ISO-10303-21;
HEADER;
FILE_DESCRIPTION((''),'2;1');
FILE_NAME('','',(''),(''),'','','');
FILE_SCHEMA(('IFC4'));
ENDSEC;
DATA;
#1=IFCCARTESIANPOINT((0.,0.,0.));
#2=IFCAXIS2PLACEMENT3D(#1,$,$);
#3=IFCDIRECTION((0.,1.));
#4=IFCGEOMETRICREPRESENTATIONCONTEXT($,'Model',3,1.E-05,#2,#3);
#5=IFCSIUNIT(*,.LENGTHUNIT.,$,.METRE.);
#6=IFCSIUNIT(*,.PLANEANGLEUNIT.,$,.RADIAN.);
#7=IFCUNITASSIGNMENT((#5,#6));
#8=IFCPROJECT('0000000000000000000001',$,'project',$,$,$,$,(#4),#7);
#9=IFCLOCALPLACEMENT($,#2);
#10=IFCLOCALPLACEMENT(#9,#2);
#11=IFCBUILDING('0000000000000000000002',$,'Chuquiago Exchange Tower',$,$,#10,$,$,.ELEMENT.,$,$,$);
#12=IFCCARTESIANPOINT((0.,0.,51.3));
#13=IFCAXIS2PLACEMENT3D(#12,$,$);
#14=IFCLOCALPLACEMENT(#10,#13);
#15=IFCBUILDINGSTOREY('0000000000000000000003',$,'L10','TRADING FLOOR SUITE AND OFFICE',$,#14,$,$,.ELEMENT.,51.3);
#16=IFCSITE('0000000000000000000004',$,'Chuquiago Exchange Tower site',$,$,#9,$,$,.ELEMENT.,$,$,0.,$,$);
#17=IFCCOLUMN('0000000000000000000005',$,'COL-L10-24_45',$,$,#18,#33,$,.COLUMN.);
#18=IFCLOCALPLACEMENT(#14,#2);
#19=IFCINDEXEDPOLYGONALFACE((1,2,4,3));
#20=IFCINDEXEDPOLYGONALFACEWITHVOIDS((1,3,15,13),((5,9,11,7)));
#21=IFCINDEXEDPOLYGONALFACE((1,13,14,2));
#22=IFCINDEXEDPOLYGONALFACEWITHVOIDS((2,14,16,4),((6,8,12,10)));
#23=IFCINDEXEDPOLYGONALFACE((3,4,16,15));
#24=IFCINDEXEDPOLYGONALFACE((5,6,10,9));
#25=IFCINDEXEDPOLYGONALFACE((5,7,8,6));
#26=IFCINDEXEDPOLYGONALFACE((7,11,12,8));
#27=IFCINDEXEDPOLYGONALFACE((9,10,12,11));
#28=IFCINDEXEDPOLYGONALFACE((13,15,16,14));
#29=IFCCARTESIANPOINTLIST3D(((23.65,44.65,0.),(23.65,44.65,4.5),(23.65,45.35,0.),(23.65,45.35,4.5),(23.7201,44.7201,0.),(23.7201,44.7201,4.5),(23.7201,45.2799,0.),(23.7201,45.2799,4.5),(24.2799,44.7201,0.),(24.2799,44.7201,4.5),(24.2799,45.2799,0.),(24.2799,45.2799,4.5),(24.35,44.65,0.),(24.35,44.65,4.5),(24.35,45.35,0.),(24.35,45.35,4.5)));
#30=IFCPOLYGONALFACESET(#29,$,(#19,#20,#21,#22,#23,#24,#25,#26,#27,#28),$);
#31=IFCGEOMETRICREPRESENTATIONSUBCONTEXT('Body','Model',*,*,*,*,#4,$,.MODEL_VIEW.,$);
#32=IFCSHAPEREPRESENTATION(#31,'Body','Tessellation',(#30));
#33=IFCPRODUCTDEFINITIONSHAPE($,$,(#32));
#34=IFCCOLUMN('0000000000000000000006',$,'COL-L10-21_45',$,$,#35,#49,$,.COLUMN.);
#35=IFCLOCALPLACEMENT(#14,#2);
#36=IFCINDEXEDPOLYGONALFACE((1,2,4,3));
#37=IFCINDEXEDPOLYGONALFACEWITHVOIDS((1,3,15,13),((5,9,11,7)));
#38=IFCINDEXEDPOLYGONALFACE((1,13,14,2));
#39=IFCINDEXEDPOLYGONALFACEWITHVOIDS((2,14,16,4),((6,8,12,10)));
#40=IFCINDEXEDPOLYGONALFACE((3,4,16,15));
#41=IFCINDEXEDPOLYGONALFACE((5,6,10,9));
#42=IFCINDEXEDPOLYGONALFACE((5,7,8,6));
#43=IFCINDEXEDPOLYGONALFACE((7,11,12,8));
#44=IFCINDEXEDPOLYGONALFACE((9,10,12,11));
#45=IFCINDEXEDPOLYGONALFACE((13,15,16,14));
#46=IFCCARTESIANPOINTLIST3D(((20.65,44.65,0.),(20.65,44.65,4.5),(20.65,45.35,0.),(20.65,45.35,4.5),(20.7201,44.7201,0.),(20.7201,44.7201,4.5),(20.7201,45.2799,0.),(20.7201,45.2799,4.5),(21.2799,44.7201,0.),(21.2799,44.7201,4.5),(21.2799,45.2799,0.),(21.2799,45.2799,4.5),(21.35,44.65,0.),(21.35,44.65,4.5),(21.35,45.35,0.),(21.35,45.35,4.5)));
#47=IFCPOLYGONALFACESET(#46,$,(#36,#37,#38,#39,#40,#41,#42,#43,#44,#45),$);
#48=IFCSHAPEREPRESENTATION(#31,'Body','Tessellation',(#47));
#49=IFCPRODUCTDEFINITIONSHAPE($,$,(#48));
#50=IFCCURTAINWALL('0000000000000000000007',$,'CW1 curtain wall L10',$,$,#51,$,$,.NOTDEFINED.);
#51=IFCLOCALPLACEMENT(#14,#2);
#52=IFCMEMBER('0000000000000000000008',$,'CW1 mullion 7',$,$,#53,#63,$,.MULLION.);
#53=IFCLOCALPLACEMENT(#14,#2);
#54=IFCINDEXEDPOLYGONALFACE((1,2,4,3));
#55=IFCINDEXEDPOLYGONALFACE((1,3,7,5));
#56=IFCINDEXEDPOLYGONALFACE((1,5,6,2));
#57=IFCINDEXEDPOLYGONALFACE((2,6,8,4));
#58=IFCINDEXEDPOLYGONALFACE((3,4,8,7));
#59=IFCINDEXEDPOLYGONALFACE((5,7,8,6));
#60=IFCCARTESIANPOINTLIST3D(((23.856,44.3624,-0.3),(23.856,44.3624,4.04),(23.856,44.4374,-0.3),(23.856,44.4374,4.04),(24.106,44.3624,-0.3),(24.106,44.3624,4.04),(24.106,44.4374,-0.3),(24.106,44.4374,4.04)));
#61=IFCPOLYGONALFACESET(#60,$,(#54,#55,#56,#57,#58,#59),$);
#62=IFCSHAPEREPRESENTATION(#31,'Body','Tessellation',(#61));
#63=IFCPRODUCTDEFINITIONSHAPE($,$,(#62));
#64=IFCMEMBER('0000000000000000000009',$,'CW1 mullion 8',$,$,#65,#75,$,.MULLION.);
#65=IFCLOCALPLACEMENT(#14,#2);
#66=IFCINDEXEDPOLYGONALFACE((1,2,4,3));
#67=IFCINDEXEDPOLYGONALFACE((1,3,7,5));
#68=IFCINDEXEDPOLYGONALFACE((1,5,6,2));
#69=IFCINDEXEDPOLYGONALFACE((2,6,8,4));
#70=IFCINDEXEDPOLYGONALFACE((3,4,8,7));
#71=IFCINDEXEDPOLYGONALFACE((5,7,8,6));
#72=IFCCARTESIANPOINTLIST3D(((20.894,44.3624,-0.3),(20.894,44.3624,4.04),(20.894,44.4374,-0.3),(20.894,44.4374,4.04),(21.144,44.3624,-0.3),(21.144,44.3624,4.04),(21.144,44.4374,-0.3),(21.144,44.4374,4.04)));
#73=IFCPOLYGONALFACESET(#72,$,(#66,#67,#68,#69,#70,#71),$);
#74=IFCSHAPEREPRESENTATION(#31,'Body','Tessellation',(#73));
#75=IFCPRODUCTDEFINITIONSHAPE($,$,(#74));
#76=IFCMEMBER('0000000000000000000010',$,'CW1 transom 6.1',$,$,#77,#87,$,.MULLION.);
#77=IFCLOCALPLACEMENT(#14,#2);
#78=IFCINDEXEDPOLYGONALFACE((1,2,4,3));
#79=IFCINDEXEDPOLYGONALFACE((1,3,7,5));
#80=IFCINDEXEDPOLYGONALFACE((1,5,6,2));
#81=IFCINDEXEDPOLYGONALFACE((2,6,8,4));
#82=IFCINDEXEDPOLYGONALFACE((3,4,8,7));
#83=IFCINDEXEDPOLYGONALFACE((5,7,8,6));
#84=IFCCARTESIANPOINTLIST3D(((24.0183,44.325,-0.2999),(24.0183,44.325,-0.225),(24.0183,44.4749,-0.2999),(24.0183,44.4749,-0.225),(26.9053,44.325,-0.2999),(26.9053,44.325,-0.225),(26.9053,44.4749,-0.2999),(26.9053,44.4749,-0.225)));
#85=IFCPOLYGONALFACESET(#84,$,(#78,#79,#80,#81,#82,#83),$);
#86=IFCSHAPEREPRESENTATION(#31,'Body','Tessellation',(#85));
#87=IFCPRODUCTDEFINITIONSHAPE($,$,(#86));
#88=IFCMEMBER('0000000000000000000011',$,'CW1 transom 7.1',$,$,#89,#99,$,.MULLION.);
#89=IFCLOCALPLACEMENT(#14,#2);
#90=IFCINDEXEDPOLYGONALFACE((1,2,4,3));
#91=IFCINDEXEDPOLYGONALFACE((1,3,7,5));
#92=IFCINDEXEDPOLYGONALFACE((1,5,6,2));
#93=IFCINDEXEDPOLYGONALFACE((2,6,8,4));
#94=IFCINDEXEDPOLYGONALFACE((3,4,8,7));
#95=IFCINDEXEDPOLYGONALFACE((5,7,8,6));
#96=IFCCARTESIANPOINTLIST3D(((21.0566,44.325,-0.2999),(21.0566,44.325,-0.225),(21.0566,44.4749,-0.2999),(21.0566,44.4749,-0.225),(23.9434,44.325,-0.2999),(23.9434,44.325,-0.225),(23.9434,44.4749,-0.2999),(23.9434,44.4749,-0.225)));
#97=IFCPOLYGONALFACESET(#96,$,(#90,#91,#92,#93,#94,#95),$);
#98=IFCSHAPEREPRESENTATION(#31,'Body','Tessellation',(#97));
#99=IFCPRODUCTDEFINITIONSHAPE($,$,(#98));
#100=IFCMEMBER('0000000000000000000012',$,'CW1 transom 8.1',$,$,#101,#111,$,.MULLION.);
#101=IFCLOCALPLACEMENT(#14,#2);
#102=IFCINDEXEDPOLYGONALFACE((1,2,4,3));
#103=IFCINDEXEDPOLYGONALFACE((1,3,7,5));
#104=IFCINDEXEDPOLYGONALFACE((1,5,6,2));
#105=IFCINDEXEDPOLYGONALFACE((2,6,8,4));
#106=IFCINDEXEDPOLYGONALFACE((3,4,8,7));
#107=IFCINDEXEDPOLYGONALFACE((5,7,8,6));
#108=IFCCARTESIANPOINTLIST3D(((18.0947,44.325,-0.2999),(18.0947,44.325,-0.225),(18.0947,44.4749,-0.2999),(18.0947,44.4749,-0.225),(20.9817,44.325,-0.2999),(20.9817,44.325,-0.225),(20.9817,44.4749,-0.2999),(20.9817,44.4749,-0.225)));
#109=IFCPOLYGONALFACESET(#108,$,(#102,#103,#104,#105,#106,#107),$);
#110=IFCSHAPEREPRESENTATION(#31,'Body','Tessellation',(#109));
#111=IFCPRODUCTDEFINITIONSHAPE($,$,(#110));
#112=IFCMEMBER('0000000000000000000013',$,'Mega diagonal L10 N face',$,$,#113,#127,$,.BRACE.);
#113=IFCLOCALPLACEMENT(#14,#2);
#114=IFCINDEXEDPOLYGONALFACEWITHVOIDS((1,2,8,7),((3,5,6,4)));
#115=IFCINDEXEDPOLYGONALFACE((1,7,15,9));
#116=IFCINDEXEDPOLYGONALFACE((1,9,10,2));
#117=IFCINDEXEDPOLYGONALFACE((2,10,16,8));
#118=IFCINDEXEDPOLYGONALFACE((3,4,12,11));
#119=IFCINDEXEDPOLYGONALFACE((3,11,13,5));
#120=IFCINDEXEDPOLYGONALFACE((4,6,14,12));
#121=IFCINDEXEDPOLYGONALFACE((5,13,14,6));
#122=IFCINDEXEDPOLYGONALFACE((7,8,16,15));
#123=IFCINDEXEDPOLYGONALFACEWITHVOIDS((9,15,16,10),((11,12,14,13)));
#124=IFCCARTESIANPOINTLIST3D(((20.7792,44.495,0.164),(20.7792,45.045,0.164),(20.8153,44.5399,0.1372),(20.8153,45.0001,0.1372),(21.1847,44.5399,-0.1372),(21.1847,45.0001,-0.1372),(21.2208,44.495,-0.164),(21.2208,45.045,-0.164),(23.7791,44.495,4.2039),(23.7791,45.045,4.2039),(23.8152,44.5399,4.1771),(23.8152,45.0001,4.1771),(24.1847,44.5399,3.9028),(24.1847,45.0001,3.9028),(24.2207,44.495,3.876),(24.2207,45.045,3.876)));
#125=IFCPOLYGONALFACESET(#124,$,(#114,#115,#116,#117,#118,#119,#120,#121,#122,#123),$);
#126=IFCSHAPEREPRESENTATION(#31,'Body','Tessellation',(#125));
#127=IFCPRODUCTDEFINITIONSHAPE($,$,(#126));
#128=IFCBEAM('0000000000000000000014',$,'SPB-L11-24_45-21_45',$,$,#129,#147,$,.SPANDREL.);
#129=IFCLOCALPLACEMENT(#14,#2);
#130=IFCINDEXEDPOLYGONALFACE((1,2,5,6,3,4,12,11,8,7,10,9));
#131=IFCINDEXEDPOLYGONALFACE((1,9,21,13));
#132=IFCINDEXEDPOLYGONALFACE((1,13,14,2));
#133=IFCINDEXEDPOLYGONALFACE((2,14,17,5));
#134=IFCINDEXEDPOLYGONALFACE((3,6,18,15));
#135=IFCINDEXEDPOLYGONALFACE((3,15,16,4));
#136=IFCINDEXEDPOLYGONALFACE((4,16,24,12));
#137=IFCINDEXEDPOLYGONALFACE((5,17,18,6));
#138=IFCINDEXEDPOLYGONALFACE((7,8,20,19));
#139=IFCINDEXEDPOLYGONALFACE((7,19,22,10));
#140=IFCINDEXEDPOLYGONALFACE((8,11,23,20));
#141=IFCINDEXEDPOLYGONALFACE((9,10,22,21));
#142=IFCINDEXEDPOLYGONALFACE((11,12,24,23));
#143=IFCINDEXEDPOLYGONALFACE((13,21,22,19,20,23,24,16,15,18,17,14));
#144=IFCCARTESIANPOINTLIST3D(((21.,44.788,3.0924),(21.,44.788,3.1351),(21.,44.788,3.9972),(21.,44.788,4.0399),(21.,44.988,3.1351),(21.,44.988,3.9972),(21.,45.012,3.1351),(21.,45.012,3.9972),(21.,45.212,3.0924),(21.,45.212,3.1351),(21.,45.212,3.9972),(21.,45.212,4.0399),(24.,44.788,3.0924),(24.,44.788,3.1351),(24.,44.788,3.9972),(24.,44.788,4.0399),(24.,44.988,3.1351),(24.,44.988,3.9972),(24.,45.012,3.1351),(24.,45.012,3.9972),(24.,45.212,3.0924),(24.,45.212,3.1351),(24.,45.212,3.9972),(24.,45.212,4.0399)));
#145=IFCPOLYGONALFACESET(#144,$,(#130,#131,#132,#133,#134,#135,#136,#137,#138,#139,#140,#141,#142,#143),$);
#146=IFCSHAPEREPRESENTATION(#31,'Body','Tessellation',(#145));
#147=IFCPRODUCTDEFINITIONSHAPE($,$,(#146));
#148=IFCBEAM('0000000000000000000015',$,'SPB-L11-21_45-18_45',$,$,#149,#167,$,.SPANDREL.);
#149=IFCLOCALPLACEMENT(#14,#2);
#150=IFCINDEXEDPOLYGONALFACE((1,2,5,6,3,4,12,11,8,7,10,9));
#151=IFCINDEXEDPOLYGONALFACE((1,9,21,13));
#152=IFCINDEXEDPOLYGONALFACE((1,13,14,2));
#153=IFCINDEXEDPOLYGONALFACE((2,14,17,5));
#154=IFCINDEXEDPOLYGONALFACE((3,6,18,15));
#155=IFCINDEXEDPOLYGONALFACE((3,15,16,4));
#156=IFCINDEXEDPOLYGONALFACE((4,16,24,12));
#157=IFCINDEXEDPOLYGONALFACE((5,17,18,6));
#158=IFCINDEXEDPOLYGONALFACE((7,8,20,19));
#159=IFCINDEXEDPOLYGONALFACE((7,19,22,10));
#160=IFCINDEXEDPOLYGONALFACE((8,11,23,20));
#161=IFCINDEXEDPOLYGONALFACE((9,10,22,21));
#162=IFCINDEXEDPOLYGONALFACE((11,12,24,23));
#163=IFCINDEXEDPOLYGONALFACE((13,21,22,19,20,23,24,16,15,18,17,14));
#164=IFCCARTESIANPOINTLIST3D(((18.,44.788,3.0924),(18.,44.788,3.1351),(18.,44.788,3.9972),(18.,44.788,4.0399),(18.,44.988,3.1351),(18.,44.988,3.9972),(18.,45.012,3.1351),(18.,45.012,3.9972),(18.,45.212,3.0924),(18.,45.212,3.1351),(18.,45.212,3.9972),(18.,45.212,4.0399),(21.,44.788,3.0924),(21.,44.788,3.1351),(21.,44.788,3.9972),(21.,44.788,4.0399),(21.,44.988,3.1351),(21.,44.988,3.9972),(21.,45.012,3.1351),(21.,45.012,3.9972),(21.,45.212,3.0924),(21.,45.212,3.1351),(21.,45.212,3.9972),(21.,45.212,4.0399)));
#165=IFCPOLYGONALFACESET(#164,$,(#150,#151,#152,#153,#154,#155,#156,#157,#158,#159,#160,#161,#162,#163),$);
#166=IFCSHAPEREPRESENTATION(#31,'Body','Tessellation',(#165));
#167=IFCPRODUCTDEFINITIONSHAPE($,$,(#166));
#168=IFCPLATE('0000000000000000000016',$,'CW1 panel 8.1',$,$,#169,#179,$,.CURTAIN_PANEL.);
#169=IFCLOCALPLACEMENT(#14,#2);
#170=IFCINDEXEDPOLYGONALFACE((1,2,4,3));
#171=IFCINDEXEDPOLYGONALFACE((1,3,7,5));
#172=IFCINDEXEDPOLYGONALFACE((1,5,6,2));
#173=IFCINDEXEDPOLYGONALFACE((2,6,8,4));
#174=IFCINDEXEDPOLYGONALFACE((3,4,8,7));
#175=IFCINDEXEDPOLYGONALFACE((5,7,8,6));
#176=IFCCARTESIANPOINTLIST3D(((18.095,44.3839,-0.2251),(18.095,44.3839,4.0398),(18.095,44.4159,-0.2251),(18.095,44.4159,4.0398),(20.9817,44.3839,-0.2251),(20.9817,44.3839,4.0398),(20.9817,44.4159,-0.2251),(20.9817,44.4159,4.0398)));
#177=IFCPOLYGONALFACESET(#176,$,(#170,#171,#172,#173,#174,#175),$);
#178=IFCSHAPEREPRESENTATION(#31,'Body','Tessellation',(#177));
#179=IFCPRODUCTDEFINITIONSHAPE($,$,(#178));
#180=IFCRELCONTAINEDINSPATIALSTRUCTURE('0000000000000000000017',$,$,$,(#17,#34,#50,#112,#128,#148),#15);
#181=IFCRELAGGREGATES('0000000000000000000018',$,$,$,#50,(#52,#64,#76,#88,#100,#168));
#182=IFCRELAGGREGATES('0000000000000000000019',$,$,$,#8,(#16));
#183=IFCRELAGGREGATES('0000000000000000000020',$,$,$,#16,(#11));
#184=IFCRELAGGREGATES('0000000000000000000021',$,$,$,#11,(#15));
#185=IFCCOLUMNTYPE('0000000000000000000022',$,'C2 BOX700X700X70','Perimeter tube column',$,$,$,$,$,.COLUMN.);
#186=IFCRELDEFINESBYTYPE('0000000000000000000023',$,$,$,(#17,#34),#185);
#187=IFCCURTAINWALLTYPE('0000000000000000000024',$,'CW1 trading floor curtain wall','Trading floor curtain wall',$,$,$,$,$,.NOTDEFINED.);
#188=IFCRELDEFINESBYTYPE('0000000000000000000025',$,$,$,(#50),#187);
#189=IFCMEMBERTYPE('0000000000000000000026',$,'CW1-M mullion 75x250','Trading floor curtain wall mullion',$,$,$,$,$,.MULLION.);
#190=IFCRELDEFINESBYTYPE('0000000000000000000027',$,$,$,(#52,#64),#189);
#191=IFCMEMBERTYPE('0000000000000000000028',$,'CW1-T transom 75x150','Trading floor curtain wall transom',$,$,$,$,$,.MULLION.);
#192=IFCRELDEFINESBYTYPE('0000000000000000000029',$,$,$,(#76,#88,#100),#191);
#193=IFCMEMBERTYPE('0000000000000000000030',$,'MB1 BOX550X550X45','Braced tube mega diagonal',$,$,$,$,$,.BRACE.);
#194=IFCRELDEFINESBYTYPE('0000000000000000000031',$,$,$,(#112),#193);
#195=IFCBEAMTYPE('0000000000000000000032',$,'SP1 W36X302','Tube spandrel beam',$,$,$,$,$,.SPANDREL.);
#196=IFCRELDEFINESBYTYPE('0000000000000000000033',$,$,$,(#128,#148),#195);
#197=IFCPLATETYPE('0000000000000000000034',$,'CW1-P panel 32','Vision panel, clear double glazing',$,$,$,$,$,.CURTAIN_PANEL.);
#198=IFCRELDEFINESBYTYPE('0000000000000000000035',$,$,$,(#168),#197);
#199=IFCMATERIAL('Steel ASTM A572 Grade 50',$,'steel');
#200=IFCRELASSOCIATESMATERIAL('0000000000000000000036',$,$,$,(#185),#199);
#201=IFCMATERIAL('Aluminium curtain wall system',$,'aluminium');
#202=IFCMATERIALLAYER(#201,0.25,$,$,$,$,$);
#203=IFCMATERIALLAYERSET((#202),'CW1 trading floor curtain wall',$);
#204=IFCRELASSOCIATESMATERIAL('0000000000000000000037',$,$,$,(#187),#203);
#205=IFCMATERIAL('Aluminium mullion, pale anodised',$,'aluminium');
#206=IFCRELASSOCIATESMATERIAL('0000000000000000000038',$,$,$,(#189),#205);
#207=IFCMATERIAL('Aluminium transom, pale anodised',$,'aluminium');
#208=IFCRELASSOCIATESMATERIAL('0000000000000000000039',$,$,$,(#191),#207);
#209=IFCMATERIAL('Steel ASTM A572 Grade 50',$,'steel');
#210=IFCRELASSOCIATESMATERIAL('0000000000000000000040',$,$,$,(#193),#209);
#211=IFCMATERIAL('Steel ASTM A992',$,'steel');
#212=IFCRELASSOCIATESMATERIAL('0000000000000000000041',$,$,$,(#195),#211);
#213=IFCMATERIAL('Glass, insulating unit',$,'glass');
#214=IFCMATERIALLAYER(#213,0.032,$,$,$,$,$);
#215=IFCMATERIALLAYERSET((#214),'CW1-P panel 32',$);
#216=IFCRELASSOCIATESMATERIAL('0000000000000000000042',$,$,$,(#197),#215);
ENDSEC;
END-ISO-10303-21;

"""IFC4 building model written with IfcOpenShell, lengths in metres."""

from ifc_helpers import new_model, si_unit, direction, frame, origin, origin_2d, place, context, subcontext, project, spatial, rectangle, hollow_rectangle, i_section, extrude, material, layer, layer_set, material_profile, profile_set, type_object, element, aggregate, save


model = new_model("IFC4")

# Units and contexts
model_context = context("Model", 3, precision=1e-05, world=origin(), true_north=direction((0.0, 1.0)))
body_context = subcontext(model_context, "Body", "Model", "MODEL_VIEW")
ifc_project = project(units=[si_unit("LENGTHUNIT", "METRE"), si_unit("PLANEANGLEUNIT", "RADIAN")], contexts=[model_context])

# Site, building, storey
site_placement = place(None, origin())
site = spatial("IfcSite", under=ifc_project, at=site_placement, Name="Chuquiago Exchange Tower site", CompositionType="ELEMENT", RefElevation=0.0)
building_placement = place(site_placement, origin())
building = spatial("IfcBuilding", under=site, at=building_placement, Name="Chuquiago Exchange Tower", CompositionType="ELEMENT")
storey_placement = place(building_placement, frame((0.0, 0.0, 51.3)))
storey = spatial("IfcBuildingStorey", under=building, at=storey_placement, Name="L10", Description="TRADING FLOOR SUITE AND OFFICE", CompositionType="ELEMENT", Elevation=51.3)

# Columns
ifc_material_1 = material(Name="Steel ASTM A572 Grade 50", Category="steel")
ifc_material_profile_1 = material_profile(ifc_material_1, hollow_rectangle(XDim=0.7, YDim=0.7, WallThickness=0.0701, at=origin_2d()), Name="BOX700X700X70")
ifc_profile_set_1 = profile_set([ifc_material_profile_1], Name="Steel ASTM A572 Grade 50")
column_type = type_object("IfcColumnType", Name="C2 BOX700X700X70", Description="Perimeter tube column", PredefinedType="COLUMN", material=ifc_profile_set_1)
for number, where, z_axis, x_axis, name in (
    (1, (24.0, 45.0, 0.0), (0.0, 0.0, 1.0), (0.0, 1.0, 0.0), "COL-L10-24_45"),
    (2, (21.0, 45.0, 0.0), (0.0, 0.0, 1.0), (0.0, 1.0, 0.0), "COL-L10-21_45"),
):
    element("IfcColumn", number, at=place(storey_placement, frame(where, z_axis=z_axis, x_axis=x_axis)), inside=storey, type_object=column_type, Name=name, PredefinedType="COLUMN", context=body_context, shape_type="SweptSolid", body=[
        extrude(hollow_rectangle(XDim=0.7, YDim=0.7, WallThickness=0.0701, at=origin_2d()), origin(), (0.0, 0.0, 1.0), 4.5),
    ])

# Curtain wall, members
ifc_material_2 = material(Name="Aluminium curtain wall system", Category="aluminium")
ifc_layer_1 = layer(ifc_material_2, 0.25)
ifc_layer_set_1 = layer_set([ifc_layer_1], Name="CW1 trading floor curtain wall")
curtain_wall_type = type_object("IfcCurtainWallType", Name="CW1 trading floor curtain wall", Description="Trading floor curtain wall", PredefinedType="NOTDEFINED", material=ifc_layer_set_1)
curtain_wall_placement = place(storey_placement, origin())
curtain_wall = element("IfcCurtainWall", 3, at=curtain_wall_placement, inside=storey, type_object=curtain_wall_type, Name="CW1 curtain wall L10", PredefinedType="NOTDEFINED")
ifc_material_3 = material(Name="Aluminium mullion, pale anodised", Category="aluminium")
ifc_material_profile_2 = material_profile(ifc_material_3, rectangle(XDim=0.075, YDim=0.25, at=origin_2d()), Name="AL 75x250")
ifc_profile_set_2 = profile_set([ifc_material_profile_2], Name="Aluminium mullion, pale anodised")
member_type_1 = type_object("IfcMemberType", Name="CW1-M mullion 75x250", Description="Trading floor curtain wall mullion", PredefinedType="MULLION", material=ifc_profile_set_2)
member_1_placement = place(storey_placement, frame((23.981, 44.3999, -0.3), z_axis=(0.0, 0.0, 1.0), x_axis=(0.0, -1.0, 0.0)))
member_1 = element("IfcMember", 4, at=member_1_placement, type_object=member_type_1, Name="CW1 mullion 7", PredefinedType="MULLION", context=body_context, shape_type="SweptSolid", body=[
    extrude(rectangle(XDim=0.075, YDim=0.25, at=origin_2d()), origin(), (0.0, 0.0, 1.0), 4.3401),
])
member_2_placement = place(storey_placement, frame((21.019, 44.3999, -0.3), z_axis=(0.0, 0.0, 1.0), x_axis=(0.0, -1.0, 0.0)))
member_2 = element("IfcMember", 5, at=member_2_placement, type_object=member_type_1, Name="CW1 mullion 8", PredefinedType="MULLION", context=body_context, shape_type="SweptSolid", body=[
    extrude(rectangle(XDim=0.075, YDim=0.25, at=origin_2d()), origin(), (0.0, 0.0, 1.0), 4.3401),
])
ifc_material_4 = material(Name="Aluminium transom, pale anodised", Category="aluminium")
ifc_material_profile_3 = material_profile(ifc_material_4, rectangle(XDim=0.1499, YDim=0.075, at=origin_2d()), Name="AL 150x75")
ifc_profile_set_3 = profile_set([ifc_material_profile_3], Name="Aluminium transom, pale anodised")
member_type_2 = type_object("IfcMemberType", Name="CW1-T transom 75x150", Description="Trading floor curtain wall transom", PredefinedType="MULLION", material=ifc_profile_set_3)
member_3_placement = place(storey_placement, frame((26.9053, 44.3999, -0.2625), z_axis=(-1.0, 0.0, 0.0), x_axis=(0.0, -1.0, 0.0)))
member_3 = element("IfcMember", 6, at=member_3_placement, type_object=member_type_2, Name="CW1 transom 6.1", PredefinedType="MULLION", context=body_context, shape_type="SweptSolid", body=[
    extrude(rectangle(XDim=0.1499, YDim=0.075, at=origin_2d()), origin(), (0.0, 0.0, 1.0), 2.887),
])
member_4_placement = place(storey_placement, frame((23.9434, 44.3999, -0.2625), z_axis=(-1.0, 0.0, 0.0), x_axis=(0.0, -1.0, 0.0)))
member_4 = element("IfcMember", 7, at=member_4_placement, type_object=member_type_2, Name="CW1 transom 7.1", PredefinedType="MULLION", context=body_context, shape_type="SweptSolid", body=[
    extrude(rectangle(XDim=0.1499, YDim=0.075, at=origin_2d()), origin(), (0.0, 0.0, 1.0), 2.8867),
])
member_5_placement = place(storey_placement, frame((20.9817, 44.3999, -0.2625), z_axis=(-1.0, 0.0, 0.0), x_axis=(0.0, -1.0, 0.0)))
member_5 = element("IfcMember", 8, at=member_5_placement, type_object=member_type_2, Name="CW1 transom 8.1", PredefinedType="MULLION", context=body_context, shape_type="SweptSolid", body=[
    extrude(rectangle(XDim=0.1499, YDim=0.075, at=origin_2d()), origin(), (0.0, 0.0, 1.0), 2.887),
])

# Member
ifc_material_5 = material(Name="Steel ASTM A572 Grade 50", Category="steel")
ifc_material_profile_4 = material_profile(ifc_material_5, hollow_rectangle(XDim=0.55, YDim=0.55, WallThickness=0.0449, at=origin_2d()), Name="BOX550X550X45")
ifc_profile_set_4 = profile_set([ifc_material_profile_4], Name="Steel ASTM A572 Grade 50")
member_type_3 = type_object("IfcMemberType", Name="MB1 BOX550X550X45", Description="Braced tube mega diagonal", PredefinedType="BRACE", material=ifc_profile_set_4)
member_6_placement = place(storey_placement, frame((21.0, 44.77, 0.0), z_axis=(0.596174, 0.0, 0.802855), x_axis=(0.0, 1.0, 0.0)))
element("IfcMember", 9, at=member_6_placement, inside=storey, type_object=member_type_3, Name="Mega diagonal L10 N face", PredefinedType="BRACE", context=body_context, shape_type="SweptSolid", body=[
    extrude(hollow_rectangle(XDim=0.55, YDim=0.55, WallThickness=0.0449, at=origin_2d()), origin(), (0.0, 0.0, 1.0), 5.032),
])

# Beams
ifc_material_6 = material(Name="Steel ASTM A992", Category="steel")
ifc_material_profile_5 = material_profile(ifc_material_6, i_section(OverallWidth=0.4241, OverallDepth=0.9475, WebThickness=0.0239, FlangeThickness=0.0427, at=origin_2d()), Name="W36X302")
ifc_profile_set_5 = profile_set([ifc_material_profile_5], Name="Steel ASTM A992")
beam_type = type_object("IfcBeamType", Name="SP1 W36X302", Description="Tube spandrel beam", PredefinedType="SPANDREL", material=ifc_profile_set_5)
for number, where, z_axis, x_axis, name in (
    (10, (24.0, 45.0, 3.5662), (-1.0, 0.0, 0.0), (0.0, -1.0, 0.0), "SPB-L11-24_45-21_45"),
    (11, (21.0, 45.0, 3.5662), (-1.0, 0.0, 0.0), (0.0, -1.0, 0.0), "SPB-L11-21_45-18_45"),
):
    element("IfcBeam", number, at=place(storey_placement, frame(where, z_axis=z_axis, x_axis=x_axis)), inside=storey, type_object=beam_type, Name=name, PredefinedType="SPANDREL", context=body_context, shape_type="SweptSolid", body=[
        extrude(i_section(OverallWidth=0.4241, OverallDepth=0.9475, WebThickness=0.0239, FlangeThickness=0.0427, at=origin_2d()), origin(), (0.0, 0.0, 1.0), 3.0),
    ])

# Plate
ifc_material_7 = material(Name="Glass, insulating unit", Category="glass")
ifc_layer_2 = layer(ifc_material_7, 0.032)
ifc_layer_set_2 = layer_set([ifc_layer_2], Name="CW1-P panel 32")
plate_type_1 = type_object("IfcPlateType", Name="CW1-P panel 32", Description="Vision panel, clear double glazing", PredefinedType="CURTAIN_PANEL", material=ifc_layer_set_2)
plate_1_placement = place(storey_placement, frame((19.5383, 44.3999, -0.2251), z_axis=(0.0, 0.0, 1.0), x_axis=(-1.0, 0.0, 0.0)))
plate_1 = element("IfcPlate", 12, at=plate_1_placement, type_object=plate_type_1, Name="CW1 panel 8.1", PredefinedType="CURTAIN_PANEL", context=body_context, shape_type="SweptSolid", body=[
    extrude(rectangle(XDim=2.8867, YDim=0.032, at=origin_2d()), origin(), (0.0, 0.0, 1.0), 4.2649),
])
aggregate(curtain_wall, [member_1, member_2, member_3, member_4, member_5, plate_1])

save(model, "model.ifc")
